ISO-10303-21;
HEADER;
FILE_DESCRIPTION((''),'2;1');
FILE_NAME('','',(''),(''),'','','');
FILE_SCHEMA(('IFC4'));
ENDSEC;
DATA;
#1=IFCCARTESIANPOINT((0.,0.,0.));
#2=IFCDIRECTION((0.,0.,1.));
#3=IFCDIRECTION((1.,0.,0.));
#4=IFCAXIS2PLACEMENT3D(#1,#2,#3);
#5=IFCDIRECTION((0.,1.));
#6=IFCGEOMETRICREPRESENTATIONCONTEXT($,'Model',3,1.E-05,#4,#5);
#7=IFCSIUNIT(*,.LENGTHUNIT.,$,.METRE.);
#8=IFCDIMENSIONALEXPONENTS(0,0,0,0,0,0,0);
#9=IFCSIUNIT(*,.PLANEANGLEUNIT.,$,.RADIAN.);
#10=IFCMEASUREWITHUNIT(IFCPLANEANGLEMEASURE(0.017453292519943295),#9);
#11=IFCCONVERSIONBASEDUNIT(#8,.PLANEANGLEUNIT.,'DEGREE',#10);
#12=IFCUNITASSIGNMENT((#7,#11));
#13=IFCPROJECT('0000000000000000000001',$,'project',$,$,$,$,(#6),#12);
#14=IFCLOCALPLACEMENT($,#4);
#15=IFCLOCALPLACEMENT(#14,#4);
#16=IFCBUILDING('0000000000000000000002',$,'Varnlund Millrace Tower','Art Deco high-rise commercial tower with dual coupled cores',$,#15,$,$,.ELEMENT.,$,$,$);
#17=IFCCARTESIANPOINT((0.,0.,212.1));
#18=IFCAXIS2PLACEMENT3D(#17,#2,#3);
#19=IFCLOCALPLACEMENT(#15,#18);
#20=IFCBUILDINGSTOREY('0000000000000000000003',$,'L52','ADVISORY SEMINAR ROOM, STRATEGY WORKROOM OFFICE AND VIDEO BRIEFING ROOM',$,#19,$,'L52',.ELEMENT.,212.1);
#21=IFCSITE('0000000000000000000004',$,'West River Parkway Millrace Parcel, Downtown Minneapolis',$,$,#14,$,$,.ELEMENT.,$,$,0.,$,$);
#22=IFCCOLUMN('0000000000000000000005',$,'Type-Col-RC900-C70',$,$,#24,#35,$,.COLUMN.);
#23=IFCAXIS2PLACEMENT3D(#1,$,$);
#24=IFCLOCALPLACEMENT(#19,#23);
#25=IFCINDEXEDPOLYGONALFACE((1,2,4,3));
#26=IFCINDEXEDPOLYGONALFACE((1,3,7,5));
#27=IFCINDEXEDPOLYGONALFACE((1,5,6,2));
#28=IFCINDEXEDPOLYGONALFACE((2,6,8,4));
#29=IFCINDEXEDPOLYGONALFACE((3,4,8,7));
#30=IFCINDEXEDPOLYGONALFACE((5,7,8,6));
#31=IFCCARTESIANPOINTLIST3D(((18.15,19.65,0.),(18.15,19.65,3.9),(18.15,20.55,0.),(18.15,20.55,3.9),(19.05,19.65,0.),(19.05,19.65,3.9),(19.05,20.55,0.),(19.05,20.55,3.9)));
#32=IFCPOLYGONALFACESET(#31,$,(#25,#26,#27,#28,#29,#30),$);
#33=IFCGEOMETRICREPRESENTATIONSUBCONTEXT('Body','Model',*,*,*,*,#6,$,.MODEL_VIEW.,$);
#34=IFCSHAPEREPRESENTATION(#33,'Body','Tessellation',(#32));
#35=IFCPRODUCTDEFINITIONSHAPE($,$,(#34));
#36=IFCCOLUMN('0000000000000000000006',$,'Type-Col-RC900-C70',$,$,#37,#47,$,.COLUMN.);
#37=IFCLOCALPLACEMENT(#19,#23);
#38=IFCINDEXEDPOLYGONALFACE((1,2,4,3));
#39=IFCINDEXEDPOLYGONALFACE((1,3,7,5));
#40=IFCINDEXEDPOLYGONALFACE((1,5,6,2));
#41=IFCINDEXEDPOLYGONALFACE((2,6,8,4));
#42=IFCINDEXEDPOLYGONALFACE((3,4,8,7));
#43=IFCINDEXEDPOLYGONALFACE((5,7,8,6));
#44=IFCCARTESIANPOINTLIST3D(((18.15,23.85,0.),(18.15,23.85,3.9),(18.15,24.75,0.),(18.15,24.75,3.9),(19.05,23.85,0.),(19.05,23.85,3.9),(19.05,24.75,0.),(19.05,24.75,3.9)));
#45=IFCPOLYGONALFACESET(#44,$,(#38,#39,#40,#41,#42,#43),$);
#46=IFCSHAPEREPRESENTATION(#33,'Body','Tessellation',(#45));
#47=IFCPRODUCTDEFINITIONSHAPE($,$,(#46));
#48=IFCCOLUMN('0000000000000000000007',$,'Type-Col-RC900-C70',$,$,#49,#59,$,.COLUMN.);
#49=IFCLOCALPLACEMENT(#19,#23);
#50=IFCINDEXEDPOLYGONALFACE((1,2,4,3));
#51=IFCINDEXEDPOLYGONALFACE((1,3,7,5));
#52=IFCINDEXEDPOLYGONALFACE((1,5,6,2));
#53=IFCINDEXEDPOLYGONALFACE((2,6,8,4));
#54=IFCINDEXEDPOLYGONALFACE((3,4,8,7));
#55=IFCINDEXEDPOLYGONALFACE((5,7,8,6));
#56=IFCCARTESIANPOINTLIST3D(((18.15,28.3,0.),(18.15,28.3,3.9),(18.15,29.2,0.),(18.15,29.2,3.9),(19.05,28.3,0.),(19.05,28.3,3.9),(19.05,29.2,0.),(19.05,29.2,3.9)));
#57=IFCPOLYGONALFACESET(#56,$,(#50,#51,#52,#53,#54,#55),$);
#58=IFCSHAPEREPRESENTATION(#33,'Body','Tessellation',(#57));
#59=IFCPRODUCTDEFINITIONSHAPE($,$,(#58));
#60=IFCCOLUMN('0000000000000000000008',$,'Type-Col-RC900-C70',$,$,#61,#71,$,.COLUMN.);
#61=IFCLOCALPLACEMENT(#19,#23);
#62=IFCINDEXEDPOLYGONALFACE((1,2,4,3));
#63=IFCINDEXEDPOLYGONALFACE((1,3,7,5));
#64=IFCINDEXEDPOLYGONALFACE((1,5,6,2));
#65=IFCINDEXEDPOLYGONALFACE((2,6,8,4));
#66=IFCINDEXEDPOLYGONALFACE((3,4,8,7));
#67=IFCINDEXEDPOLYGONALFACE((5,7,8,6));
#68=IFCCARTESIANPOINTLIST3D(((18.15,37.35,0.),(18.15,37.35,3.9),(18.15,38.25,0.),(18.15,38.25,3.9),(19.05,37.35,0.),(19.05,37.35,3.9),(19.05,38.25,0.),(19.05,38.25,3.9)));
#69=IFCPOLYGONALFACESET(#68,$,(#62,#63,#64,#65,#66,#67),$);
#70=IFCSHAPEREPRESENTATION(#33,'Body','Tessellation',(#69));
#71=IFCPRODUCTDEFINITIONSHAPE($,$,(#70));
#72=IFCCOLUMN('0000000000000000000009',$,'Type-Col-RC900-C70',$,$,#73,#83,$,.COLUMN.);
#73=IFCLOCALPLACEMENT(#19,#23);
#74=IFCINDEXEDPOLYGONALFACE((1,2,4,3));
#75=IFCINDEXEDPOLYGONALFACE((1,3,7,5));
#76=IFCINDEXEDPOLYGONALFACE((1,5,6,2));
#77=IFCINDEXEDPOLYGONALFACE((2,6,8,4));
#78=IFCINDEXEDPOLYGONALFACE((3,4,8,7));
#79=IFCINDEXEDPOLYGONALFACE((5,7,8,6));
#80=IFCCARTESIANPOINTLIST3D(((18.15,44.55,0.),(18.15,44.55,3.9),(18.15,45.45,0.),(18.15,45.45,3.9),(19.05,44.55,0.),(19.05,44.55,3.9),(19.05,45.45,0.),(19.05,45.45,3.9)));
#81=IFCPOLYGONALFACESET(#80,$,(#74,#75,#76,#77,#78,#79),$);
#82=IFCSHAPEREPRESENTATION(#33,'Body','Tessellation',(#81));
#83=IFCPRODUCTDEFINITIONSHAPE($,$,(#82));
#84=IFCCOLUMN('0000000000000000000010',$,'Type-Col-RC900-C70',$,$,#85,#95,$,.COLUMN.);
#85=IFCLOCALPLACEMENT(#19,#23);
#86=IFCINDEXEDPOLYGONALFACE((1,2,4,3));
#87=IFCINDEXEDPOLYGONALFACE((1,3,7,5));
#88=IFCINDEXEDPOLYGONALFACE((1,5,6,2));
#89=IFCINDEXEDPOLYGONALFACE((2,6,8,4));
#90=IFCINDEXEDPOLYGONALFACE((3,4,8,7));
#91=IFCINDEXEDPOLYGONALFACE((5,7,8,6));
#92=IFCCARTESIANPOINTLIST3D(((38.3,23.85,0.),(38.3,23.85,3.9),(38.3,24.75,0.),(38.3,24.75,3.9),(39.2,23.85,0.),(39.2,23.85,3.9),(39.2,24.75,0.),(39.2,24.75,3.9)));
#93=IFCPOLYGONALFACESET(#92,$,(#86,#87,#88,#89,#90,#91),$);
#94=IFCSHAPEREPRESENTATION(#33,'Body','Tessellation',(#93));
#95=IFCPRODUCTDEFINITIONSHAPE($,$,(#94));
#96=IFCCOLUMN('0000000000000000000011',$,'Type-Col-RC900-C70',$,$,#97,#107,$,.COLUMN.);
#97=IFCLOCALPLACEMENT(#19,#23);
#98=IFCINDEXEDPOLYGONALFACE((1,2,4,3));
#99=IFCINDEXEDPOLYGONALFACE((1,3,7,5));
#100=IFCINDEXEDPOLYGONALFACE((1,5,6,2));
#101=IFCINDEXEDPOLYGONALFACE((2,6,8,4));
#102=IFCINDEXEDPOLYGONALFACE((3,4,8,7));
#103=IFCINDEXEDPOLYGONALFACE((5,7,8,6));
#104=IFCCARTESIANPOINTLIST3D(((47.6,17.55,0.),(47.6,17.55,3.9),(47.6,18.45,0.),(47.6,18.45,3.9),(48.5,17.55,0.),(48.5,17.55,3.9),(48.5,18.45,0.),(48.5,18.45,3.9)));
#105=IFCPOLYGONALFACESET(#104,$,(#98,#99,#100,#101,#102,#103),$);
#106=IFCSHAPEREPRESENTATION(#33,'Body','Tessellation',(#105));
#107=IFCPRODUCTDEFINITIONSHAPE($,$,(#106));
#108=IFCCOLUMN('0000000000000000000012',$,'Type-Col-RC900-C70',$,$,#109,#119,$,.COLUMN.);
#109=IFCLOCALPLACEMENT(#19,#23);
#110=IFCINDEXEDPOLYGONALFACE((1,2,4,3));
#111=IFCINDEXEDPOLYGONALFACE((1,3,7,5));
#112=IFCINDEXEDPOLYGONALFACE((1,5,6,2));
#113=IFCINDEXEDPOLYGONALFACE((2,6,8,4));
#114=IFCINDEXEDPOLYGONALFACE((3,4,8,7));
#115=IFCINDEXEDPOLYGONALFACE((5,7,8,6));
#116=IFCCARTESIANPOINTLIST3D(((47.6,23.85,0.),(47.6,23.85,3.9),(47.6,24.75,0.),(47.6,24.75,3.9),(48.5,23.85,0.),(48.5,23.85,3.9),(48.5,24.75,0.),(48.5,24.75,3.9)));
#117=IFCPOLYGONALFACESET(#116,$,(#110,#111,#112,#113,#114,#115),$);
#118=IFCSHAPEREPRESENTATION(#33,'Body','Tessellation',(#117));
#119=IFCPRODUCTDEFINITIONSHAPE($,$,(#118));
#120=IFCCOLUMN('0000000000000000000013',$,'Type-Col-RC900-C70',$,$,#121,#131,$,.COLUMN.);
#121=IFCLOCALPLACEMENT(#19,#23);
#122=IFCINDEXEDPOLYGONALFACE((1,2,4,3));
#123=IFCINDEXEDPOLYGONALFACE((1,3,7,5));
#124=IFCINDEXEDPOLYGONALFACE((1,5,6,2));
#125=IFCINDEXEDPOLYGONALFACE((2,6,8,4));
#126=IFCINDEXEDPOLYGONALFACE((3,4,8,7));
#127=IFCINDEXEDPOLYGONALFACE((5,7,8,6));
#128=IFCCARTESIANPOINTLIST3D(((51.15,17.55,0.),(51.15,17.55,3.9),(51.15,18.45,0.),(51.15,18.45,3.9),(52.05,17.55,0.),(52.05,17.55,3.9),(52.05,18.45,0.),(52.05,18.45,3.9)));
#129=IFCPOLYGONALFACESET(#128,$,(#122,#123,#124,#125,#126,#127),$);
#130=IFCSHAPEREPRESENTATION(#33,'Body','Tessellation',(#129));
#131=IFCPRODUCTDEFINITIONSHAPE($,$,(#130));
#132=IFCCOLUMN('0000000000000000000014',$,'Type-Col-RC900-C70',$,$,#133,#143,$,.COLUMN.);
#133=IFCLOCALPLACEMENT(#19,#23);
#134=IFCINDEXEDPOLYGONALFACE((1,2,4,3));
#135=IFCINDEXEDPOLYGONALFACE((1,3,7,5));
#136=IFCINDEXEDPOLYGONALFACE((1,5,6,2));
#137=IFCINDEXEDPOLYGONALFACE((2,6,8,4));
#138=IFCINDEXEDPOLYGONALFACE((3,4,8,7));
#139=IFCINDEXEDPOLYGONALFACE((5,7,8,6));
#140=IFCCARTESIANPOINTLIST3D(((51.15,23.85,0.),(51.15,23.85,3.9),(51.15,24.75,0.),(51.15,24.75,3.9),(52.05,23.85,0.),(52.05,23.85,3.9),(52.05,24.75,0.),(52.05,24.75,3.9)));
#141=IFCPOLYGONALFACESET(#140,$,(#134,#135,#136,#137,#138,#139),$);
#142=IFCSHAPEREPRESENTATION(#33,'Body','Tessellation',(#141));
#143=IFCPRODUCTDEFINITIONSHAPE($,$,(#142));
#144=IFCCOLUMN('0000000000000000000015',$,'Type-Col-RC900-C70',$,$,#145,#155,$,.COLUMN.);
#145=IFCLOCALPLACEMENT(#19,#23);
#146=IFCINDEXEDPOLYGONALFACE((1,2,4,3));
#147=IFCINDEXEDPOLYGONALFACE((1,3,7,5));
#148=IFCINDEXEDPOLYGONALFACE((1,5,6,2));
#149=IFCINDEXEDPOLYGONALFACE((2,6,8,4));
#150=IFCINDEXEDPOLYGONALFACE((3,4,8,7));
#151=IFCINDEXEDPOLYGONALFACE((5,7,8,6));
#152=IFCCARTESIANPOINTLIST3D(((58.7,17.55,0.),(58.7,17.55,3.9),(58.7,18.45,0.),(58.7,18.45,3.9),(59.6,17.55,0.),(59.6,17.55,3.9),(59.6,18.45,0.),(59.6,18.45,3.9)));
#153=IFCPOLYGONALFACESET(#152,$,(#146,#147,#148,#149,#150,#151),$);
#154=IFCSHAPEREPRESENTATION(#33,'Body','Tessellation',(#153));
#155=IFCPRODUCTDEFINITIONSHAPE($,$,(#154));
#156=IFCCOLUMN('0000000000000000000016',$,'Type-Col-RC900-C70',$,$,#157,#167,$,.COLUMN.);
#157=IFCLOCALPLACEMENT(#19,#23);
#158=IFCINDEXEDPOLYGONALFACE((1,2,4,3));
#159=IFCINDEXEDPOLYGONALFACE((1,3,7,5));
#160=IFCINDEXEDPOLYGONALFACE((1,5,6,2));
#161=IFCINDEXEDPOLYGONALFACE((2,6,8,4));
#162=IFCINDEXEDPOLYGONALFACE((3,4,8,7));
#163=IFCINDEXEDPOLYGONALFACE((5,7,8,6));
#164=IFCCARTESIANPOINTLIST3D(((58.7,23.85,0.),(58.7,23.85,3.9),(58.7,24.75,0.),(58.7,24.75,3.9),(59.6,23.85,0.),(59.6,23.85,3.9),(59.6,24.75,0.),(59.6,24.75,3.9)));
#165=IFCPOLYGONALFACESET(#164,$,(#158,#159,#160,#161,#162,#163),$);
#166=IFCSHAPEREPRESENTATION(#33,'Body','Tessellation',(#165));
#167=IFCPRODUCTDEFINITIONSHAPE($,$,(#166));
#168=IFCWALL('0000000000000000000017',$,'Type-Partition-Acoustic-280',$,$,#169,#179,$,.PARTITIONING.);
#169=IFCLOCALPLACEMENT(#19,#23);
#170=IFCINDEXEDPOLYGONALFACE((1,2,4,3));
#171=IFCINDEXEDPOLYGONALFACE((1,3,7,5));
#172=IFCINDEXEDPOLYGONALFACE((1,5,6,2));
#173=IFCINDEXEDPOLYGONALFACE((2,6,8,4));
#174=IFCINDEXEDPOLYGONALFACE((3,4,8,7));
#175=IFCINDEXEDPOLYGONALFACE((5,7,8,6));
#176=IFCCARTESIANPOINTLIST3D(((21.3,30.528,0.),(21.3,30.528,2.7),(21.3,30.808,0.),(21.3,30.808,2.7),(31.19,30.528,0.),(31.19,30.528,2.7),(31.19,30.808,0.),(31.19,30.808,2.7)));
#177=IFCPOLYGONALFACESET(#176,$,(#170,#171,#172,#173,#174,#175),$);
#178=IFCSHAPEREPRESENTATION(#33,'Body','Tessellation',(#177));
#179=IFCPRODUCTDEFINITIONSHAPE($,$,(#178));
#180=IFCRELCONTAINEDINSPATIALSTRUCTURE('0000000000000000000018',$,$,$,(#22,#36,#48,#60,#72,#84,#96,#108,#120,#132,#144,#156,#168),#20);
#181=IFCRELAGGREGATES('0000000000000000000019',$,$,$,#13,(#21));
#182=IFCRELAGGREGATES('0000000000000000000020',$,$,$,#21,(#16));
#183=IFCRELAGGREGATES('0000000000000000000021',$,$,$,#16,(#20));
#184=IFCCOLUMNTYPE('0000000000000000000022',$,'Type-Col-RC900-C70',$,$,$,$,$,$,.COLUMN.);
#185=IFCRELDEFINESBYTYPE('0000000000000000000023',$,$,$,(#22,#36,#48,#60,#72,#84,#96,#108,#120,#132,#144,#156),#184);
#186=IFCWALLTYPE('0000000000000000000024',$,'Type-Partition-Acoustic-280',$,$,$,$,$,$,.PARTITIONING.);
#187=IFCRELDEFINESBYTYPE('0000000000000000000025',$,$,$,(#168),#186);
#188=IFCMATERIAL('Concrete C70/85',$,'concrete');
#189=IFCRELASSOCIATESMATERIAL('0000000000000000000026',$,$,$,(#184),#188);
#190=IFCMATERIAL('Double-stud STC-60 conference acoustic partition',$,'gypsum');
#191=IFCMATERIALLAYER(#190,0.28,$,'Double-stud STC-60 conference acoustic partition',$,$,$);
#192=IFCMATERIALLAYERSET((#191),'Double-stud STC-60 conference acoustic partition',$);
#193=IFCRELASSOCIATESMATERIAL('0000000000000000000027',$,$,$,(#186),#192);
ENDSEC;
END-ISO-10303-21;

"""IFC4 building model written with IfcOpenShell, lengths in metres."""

from ifc_helpers import new_model, entity, si_unit, converted_unit, direction, frame, origin_with_axes, origin_2d_with_axis, place, context, subcontext, project, spatial, polyline, rectangle, outline, extrude, material, layer, layer_set, material_profile, profile_set, type_object, element, save


model = new_model("IFC4")

# Units and contexts
model_context = context("Model", 3, precision=1e-05, world=origin_with_axes(), true_north=direction((0.0, 1.0)))
body_context = subcontext(model_context, "Body", "Model", "MODEL_VIEW")
ifc_project = project(units=[si_unit("LENGTHUNIT", "METRE"), converted_unit("PLANEANGLEUNIT", "DEGREE", entity("IfcPlaneAngleMeasure", 0.017453292519943295), si_unit("PLANEANGLEUNIT", "RADIAN"), dimensions=[0, 0, 0, 0, 0, 0, 0])], contexts=[model_context])

# Site, building, storey
site_placement = place(None, origin_with_axes())
site = spatial("IfcSite", under=ifc_project, at=site_placement, Name="West River Parkway Millrace Parcel, Downtown Minneapolis", CompositionType="ELEMENT", RefElevation=0.0)
building_placement = place(site_placement, origin_with_axes())
building = spatial("IfcBuilding", under=site, at=building_placement, Name="Varnlund Millrace Tower", Description="Art Deco high-rise commercial tower with dual coupled cores", CompositionType="ELEMENT")
storey_placement = place(building_placement, frame((0.0, 0.0, 212.1), z_axis=(0.0, 0.0, 1.0), x_axis=(1.0, 0.0, 0.0)))
storey = spatial("IfcBuildingStorey", under=building, at=storey_placement, Name="L52", Description="ADVISORY SEMINAR ROOM, STRATEGY WORKROOM OFFICE AND VIDEO BRIEFING ROOM", LongName="L52", CompositionType="ELEMENT", Elevation=212.1)

# Columns
ifc_material_1 = material(Name="Concrete C70/85", Category="concrete")
ifc_material_profile = material_profile(ifc_material_1, rectangle(XDim=0.9, YDim=0.9, at=origin_2d_with_axis()), Name="Concrete C70/85")
ifc_profile_set = profile_set([ifc_material_profile], Name="Concrete C70/85")
column_type = type_object("IfcColumnType", Name="Type-Col-RC900-C70", PredefinedType="COLUMN", material=ifc_profile_set)
for number, where, z_axis, x_axis, name in (
    (1, (18.6, 20.1, 0.0), (0.0, 0.0, 1.0), (1.0, 0.0, 0.0), "Type-Col-RC900-C70"),
    (2, (18.6, 24.3, 0.0), (0.0, 0.0, 1.0), (1.0, 0.0, 0.0), "Type-Col-RC900-C70"),
    (3, (18.6, 28.75, 0.0), (0.0, 0.0, 1.0), (1.0, 0.0, 0.0), "Type-Col-RC900-C70"),
    (4, (18.6, 37.8, 0.0), (0.0, 0.0, 1.0), (1.0, 0.0, 0.0), "Type-Col-RC900-C70"),
    (5, (18.6, 45.0, 0.0), (0.0, 0.0, 1.0), (1.0, 0.0, 0.0), "Type-Col-RC900-C70"),
    (6, (38.75, 24.3, 0.0), (0.0, 0.0, 1.0), (1.0, 0.0, 0.0), "Type-Col-RC900-C70"),
    (7, (48.05, 18.0, 0.0), (0.0, 0.0, 1.0), (1.0, 0.0, 0.0), "Type-Col-RC900-C70"),
    (8, (48.05, 24.3, 0.0), (0.0, 0.0, 1.0), (1.0, 0.0, 0.0), "Type-Col-RC900-C70"),
    (9, (51.6, 18.0, 0.0), (0.0, 0.0, 1.0), (1.0, 0.0, 0.0), "Type-Col-RC900-C70"),
    (10, (51.6, 24.3, 0.0), (0.0, 0.0, 1.0), (1.0, 0.0, 0.0), "Type-Col-RC900-C70"),
    (11, (59.15, 18.0, 0.0), (0.0, 0.0, 1.0), (1.0, 0.0, 0.0), "Type-Col-RC900-C70"),
    (12, (59.15, 24.3, 0.0), (0.0, 0.0, 1.0), (1.0, 0.0, 0.0), "Type-Col-RC900-C70"),
):
    element("IfcColumn", number, at=place(storey_placement, frame(where, z_axis=z_axis, x_axis=x_axis)), inside=storey, type_object=column_type, Name=name, PredefinedType="COLUMN", context=body_context, shape_type="SweptSolid", body=[
        extrude(rectangle(XDim=0.9, YDim=0.9, at=origin_2d_with_axis()), origin_with_axes(), (0.0, 0.0, 1.0), 3.9),
    ])

# Wall
ifc_material_2 = material(Name="Double-stud STC-60 conference acoustic partition", Category="gypsum")
ifc_layer_1 = layer(ifc_material_2, 0.28, Name="Double-stud STC-60 conference acoustic partition")
ifc_layer_set_1 = layer_set([ifc_layer_1], Name="Double-stud STC-60 conference acoustic partition")
wall_type_1 = type_object("IfcWallType", Name="Type-Partition-Acoustic-280", PredefinedType="PARTITIONING", material=ifc_layer_set_1)
wall_1_placement = place(storey_placement, frame((21.3, 30.668, 0.0), z_axis=(0.0, 0.0, 1.0), x_axis=(1.0, 0.0, 0.0)))
element("IfcWall", 13, at=wall_1_placement, inside=storey, type_object=wall_type_1, Name="Type-Partition-Acoustic-280", PredefinedType="PARTITIONING", context=body_context, shape_type="SweptSolid", body=[
    extrude(outline(polyline([(0.0, -0.14), (9.89, -0.14), (9.89, 0.14), (0.0, 0.14), (0.0, -0.14)])), origin_with_axes(), (0.0, 0.0, 1.0), 2.7),
])

save(model, "model.ifc")
